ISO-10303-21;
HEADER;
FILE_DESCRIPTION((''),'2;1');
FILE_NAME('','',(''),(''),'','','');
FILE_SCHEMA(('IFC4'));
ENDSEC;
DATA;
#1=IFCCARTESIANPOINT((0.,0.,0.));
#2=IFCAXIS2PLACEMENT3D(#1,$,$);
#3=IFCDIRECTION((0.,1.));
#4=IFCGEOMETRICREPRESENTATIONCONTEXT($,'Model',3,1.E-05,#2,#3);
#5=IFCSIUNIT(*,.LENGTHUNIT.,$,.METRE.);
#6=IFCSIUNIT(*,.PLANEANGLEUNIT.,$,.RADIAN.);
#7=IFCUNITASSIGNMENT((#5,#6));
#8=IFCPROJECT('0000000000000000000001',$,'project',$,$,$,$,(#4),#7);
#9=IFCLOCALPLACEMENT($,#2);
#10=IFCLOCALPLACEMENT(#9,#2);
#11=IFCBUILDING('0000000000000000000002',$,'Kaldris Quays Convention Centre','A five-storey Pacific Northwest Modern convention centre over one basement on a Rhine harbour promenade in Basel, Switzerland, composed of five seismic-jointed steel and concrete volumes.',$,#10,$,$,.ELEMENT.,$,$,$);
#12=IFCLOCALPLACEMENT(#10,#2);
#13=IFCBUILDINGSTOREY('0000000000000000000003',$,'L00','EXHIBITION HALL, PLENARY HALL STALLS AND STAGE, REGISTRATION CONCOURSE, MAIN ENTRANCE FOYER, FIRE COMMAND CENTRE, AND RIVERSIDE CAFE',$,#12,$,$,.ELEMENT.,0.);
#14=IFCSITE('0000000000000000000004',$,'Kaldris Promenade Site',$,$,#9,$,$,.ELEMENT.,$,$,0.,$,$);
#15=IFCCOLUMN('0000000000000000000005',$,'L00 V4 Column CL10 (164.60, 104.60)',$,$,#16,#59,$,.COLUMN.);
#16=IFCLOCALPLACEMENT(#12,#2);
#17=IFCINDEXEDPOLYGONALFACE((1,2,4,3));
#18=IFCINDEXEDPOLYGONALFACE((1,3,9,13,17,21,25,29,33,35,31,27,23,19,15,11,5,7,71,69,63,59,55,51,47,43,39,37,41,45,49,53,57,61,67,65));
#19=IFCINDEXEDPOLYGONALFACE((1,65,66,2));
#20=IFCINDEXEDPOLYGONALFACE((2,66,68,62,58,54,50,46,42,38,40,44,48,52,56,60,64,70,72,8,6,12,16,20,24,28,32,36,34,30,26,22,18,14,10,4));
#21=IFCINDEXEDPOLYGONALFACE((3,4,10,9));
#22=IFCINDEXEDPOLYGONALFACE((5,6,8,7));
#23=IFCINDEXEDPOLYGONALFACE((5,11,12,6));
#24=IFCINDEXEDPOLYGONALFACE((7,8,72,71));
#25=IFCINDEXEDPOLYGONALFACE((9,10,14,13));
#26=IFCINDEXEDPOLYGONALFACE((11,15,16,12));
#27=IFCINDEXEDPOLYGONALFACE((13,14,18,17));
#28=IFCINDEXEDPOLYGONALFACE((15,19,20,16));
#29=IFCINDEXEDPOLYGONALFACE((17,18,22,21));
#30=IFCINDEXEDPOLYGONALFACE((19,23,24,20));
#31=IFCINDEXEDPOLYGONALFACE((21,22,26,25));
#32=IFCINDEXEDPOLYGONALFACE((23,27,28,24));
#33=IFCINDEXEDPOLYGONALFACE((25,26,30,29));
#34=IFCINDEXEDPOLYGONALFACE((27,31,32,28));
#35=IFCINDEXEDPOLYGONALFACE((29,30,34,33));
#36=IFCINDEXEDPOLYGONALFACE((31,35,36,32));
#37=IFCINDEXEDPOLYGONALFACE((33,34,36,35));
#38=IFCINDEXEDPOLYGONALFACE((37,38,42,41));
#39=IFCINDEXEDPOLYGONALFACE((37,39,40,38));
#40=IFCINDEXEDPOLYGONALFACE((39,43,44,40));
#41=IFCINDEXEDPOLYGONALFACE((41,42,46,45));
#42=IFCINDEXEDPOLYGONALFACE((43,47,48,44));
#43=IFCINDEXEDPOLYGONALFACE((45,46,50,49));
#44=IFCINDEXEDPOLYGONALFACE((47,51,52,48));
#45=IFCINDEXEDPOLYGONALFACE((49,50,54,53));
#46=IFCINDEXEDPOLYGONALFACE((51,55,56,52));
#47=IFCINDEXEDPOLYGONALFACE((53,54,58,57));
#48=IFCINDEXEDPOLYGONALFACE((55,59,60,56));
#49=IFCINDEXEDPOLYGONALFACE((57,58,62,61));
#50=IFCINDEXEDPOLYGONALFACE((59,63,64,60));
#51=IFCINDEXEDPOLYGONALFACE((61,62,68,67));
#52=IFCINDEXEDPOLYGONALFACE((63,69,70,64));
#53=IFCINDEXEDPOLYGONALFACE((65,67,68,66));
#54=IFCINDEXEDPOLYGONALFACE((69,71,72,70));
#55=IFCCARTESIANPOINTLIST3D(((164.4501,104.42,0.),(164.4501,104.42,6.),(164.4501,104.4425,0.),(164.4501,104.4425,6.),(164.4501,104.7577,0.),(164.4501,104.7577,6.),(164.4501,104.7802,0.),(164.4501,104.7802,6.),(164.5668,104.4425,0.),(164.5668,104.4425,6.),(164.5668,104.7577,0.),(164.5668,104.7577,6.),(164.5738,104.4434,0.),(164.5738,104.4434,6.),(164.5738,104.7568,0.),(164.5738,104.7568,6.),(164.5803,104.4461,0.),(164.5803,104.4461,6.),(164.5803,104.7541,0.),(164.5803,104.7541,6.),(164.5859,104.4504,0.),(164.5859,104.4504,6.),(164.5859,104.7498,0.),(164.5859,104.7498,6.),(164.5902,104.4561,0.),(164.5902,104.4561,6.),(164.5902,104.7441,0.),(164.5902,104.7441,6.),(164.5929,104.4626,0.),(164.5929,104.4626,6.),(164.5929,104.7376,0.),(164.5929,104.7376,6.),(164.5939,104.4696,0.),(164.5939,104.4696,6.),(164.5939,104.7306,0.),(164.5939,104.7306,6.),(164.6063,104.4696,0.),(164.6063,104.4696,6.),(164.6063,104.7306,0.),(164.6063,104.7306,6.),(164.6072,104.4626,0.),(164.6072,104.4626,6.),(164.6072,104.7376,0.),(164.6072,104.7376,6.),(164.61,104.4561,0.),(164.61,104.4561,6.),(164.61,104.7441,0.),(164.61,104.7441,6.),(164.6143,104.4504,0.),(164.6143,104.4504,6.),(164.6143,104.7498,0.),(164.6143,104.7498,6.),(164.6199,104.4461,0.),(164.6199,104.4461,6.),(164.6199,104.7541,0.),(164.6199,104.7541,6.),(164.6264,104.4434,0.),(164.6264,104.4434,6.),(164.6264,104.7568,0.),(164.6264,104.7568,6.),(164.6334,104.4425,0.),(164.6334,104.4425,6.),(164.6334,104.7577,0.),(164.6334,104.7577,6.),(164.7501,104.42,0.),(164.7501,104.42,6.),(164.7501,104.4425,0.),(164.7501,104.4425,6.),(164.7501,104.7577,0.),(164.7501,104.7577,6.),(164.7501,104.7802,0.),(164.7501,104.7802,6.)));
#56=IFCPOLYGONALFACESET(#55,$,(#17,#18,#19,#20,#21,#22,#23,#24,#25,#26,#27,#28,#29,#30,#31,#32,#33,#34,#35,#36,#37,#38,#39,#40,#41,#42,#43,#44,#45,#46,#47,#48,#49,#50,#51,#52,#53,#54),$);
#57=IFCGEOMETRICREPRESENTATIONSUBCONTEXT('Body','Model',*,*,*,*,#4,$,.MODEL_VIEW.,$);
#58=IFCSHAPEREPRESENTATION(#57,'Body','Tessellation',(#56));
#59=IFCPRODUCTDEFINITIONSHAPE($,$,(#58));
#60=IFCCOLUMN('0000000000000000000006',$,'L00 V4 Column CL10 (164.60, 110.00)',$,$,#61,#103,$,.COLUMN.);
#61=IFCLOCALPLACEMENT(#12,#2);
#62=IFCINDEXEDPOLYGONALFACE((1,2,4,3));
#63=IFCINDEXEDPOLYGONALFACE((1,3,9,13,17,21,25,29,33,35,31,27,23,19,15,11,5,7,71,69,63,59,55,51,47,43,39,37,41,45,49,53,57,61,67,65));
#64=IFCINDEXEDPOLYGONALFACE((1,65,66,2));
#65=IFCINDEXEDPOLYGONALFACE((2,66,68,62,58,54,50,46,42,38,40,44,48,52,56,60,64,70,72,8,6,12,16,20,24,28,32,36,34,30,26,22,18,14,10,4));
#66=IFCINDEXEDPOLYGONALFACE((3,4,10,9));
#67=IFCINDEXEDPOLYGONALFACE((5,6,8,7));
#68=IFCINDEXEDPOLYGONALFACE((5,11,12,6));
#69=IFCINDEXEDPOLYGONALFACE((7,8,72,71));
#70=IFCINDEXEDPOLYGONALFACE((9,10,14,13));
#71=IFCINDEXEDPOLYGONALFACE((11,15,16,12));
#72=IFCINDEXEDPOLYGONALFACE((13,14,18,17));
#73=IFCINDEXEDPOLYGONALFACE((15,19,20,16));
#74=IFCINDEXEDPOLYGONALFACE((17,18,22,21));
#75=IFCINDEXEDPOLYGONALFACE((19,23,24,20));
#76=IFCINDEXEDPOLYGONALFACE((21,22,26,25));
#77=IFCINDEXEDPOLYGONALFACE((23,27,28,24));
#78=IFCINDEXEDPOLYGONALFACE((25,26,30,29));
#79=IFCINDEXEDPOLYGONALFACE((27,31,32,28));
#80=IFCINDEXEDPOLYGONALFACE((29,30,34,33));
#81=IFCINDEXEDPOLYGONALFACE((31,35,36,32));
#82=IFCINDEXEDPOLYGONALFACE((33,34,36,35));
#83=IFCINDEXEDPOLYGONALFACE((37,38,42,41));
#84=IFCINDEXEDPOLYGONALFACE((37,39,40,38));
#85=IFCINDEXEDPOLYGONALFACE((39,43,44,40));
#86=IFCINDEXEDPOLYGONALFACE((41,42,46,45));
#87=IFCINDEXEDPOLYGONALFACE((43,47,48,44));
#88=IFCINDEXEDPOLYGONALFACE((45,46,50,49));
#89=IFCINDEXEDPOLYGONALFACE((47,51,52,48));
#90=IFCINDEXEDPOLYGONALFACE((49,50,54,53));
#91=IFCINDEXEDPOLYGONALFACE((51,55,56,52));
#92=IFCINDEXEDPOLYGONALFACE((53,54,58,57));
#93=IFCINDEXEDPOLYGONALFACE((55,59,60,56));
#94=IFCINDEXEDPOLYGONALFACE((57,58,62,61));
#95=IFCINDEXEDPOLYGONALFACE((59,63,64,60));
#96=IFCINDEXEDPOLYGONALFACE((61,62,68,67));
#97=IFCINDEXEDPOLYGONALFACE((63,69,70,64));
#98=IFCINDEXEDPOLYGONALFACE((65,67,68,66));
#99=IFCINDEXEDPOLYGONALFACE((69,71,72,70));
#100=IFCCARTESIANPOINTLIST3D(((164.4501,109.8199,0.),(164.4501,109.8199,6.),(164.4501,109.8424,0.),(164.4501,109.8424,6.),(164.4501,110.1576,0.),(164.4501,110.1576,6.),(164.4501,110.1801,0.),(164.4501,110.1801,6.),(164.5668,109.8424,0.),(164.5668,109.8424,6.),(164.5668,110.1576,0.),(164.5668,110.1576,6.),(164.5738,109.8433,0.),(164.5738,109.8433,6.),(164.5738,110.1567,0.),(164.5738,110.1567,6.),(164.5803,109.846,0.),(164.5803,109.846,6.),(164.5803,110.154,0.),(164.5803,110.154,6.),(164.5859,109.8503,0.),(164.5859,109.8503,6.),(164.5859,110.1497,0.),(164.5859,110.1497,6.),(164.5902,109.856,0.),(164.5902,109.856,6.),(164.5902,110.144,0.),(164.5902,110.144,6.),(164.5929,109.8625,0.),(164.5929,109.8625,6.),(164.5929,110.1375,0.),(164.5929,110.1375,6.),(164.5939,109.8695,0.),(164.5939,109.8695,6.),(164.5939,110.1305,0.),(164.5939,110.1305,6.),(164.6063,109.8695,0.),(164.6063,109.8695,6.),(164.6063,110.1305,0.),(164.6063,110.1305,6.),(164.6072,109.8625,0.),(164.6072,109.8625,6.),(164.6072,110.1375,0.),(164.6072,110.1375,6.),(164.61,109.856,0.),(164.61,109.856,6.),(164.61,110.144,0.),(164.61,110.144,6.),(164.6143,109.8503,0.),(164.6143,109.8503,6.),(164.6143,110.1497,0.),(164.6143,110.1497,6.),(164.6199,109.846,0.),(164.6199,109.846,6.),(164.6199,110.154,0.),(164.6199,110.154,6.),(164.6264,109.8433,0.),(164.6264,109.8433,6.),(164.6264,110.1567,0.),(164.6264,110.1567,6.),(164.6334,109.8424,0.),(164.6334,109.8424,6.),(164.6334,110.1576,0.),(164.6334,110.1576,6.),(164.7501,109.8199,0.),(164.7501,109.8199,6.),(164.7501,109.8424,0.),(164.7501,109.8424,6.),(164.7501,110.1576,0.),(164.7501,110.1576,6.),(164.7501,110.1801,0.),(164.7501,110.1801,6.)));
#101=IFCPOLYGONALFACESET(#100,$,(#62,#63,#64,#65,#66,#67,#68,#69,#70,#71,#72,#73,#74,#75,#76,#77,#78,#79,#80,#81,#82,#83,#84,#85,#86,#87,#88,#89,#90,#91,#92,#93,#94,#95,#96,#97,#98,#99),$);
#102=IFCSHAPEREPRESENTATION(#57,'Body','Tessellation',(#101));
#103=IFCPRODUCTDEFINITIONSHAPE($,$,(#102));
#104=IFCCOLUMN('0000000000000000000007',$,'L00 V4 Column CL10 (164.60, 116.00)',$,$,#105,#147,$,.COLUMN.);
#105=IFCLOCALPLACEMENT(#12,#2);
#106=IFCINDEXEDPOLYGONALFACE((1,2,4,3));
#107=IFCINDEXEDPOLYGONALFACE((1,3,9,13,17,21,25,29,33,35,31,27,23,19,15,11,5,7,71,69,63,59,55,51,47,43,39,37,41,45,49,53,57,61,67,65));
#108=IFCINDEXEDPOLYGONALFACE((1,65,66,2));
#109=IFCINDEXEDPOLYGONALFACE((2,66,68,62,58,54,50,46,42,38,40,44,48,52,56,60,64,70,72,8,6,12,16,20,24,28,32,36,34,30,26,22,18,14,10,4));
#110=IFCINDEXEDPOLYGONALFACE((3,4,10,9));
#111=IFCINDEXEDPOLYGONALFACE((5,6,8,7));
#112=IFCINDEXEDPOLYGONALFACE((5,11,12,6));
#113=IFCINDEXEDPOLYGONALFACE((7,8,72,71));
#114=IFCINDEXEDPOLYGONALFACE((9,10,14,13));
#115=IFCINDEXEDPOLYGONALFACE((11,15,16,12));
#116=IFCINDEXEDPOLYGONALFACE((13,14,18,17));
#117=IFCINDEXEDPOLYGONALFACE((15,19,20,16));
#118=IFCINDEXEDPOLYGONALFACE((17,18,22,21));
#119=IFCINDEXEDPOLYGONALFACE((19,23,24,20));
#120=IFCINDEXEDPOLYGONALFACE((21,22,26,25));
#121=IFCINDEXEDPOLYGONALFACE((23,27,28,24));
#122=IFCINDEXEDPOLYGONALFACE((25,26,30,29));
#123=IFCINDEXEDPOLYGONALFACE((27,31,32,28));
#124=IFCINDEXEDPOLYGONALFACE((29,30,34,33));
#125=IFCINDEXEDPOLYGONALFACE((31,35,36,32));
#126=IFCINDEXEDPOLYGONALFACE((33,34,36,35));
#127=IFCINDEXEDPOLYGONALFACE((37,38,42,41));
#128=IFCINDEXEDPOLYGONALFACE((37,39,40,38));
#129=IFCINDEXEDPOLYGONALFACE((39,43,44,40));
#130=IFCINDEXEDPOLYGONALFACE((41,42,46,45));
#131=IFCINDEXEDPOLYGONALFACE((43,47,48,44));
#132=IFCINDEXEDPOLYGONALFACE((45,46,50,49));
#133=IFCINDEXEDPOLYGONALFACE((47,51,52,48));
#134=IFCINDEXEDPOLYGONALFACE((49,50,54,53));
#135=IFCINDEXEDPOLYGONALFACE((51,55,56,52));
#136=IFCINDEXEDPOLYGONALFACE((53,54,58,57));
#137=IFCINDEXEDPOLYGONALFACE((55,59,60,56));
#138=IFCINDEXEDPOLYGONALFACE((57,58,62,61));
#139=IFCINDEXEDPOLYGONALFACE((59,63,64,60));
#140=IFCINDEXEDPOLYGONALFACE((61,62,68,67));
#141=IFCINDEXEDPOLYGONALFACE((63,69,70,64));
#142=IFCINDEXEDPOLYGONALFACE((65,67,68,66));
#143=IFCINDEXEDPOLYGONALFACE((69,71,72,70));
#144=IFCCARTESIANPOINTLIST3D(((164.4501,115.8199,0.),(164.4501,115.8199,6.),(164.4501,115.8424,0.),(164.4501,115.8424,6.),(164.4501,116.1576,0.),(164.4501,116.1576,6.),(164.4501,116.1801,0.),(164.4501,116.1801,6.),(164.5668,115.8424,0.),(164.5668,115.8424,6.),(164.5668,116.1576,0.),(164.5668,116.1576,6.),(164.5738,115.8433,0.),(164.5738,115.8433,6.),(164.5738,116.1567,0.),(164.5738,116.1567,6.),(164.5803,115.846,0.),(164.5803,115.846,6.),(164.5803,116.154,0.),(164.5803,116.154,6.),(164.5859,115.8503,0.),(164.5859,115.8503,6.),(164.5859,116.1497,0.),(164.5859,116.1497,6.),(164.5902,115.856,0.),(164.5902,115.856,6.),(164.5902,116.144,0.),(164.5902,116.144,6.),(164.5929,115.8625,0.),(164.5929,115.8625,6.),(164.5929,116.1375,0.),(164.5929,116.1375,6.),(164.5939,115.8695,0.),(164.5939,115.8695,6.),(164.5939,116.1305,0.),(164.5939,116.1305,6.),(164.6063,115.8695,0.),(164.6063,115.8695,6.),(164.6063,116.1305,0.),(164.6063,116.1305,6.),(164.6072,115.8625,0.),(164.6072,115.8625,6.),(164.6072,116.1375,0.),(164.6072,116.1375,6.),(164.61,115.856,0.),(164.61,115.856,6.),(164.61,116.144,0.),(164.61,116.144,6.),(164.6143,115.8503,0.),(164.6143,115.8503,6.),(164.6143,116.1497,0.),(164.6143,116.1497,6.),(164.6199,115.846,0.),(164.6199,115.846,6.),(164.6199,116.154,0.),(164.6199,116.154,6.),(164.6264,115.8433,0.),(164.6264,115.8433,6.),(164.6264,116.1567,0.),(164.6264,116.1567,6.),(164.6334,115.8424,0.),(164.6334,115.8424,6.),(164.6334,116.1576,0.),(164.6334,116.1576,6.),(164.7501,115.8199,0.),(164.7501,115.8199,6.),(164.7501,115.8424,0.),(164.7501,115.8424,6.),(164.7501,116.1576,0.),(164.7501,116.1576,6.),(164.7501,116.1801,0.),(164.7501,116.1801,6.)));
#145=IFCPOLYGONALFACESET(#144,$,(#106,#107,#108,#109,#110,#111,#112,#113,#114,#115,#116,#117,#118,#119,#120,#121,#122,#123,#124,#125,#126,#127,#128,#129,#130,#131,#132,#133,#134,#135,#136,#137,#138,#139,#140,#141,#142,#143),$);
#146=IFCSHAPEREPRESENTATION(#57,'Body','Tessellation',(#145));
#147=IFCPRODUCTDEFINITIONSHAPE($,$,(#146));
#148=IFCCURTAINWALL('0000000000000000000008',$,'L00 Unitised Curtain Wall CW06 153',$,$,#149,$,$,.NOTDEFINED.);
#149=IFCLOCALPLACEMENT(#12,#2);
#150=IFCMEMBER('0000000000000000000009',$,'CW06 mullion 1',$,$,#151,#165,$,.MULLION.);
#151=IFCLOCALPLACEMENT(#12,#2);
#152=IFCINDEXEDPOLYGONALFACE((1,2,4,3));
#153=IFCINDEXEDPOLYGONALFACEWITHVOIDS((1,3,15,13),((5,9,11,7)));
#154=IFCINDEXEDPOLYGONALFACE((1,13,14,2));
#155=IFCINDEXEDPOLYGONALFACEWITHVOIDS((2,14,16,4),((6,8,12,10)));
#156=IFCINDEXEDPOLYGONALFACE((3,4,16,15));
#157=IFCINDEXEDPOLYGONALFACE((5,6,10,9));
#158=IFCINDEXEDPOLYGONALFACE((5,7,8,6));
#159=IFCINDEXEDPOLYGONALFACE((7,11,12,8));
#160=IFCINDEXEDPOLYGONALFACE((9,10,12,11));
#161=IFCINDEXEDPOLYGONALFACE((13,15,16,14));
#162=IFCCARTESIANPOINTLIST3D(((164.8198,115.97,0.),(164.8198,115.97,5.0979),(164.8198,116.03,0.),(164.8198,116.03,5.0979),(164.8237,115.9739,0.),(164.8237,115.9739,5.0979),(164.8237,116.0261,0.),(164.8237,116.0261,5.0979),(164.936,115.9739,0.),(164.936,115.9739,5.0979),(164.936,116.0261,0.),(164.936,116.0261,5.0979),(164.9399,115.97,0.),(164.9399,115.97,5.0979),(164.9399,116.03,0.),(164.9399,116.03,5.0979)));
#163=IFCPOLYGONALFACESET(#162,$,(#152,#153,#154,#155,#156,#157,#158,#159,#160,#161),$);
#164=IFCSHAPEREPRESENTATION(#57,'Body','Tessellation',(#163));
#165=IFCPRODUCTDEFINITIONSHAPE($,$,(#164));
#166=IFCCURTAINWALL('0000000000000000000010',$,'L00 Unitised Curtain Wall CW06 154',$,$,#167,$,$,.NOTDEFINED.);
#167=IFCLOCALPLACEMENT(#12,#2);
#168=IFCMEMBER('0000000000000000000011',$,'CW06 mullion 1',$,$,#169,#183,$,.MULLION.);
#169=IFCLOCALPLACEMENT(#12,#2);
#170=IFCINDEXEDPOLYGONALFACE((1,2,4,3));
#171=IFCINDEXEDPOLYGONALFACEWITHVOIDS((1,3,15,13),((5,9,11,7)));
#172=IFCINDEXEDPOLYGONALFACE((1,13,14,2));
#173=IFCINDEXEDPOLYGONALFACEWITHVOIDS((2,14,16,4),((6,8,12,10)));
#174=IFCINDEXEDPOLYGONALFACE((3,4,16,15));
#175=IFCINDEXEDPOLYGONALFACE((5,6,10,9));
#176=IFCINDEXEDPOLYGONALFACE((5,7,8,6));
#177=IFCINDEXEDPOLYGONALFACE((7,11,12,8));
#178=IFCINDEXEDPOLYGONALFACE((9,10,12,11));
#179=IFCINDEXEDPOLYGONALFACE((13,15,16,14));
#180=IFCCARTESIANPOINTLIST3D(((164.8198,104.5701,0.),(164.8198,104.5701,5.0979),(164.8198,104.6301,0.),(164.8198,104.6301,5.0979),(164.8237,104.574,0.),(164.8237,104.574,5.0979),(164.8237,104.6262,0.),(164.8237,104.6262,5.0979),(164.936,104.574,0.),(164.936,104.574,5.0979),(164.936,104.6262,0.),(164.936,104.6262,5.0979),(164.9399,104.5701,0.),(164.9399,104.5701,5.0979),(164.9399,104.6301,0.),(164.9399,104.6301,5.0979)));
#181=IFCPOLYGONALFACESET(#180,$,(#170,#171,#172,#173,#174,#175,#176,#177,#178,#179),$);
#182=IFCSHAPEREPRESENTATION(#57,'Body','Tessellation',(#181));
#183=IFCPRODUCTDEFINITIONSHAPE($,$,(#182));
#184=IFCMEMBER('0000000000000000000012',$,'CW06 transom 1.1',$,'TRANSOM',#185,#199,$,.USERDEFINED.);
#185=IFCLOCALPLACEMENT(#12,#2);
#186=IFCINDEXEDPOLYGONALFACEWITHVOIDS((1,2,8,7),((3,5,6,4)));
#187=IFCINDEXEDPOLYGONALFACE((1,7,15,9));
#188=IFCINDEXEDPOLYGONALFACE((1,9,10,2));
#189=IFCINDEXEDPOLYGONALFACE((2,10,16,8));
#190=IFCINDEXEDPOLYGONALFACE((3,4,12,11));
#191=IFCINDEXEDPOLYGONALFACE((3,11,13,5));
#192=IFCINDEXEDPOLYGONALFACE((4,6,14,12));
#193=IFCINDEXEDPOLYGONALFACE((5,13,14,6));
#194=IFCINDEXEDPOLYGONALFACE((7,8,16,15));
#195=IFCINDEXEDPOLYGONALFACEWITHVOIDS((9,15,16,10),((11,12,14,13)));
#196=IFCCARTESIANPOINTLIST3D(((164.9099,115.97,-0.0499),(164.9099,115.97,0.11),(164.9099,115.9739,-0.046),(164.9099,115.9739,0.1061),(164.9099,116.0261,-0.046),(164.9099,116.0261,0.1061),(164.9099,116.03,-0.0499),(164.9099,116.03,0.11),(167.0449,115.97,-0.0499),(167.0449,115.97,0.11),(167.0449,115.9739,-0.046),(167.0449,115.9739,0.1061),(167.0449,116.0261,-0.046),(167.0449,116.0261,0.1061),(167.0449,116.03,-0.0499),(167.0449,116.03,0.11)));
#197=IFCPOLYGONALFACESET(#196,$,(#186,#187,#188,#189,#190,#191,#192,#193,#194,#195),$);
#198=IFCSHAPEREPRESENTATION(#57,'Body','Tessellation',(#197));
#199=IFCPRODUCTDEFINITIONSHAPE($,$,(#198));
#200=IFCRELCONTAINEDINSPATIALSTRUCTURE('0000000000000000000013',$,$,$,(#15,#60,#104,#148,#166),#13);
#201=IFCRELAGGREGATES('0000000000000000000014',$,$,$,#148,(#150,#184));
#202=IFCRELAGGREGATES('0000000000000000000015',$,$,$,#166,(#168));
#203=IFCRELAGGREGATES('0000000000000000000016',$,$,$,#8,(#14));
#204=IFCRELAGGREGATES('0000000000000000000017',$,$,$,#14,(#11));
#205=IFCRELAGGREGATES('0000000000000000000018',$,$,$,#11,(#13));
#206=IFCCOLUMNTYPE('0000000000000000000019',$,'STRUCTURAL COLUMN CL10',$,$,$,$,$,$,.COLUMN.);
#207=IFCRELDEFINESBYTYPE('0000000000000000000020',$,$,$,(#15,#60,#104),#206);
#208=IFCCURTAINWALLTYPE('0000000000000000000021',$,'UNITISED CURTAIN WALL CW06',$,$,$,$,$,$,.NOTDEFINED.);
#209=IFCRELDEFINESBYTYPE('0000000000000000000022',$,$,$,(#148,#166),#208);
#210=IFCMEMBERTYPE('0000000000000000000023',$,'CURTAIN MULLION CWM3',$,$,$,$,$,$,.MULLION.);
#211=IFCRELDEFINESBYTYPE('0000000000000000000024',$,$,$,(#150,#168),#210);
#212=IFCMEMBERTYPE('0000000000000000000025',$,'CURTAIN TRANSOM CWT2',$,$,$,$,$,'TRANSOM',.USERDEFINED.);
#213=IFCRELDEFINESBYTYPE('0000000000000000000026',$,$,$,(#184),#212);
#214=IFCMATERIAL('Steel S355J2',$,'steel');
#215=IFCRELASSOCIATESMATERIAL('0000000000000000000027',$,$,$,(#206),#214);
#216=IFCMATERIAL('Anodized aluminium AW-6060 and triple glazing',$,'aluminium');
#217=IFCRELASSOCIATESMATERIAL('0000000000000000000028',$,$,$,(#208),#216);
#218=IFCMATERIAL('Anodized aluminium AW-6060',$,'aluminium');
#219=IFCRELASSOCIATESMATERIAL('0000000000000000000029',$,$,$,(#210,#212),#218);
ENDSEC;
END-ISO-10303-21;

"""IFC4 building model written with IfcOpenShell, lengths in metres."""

from ifc_helpers import new_model, si_unit, direction, frame, origin, origin_2d, place, context, subcontext, project, spatial, hollow_rectangle, i_section, extrude, material, material_profile, profile_set, type_object, element, aggregate, save


model = new_model("IFC4")

# Units and contexts
model_context = context("Model", 3, precision=1e-05, world=origin(), true_north=direction((0.0, 1.0)))
body_context = subcontext(model_context, "Body", "Model", "MODEL_VIEW")
ifc_project = project(units=[si_unit("LENGTHUNIT", "METRE"), si_unit("PLANEANGLEUNIT", "RADIAN")], contexts=[model_context])

# Site, building, storey
site_placement = place(None, origin())
site = spatial("IfcSite", under=ifc_project, at=site_placement, Name="Kaldris Promenade Site", CompositionType="ELEMENT", RefElevation=0.0)
building_placement = place(site_placement, origin())
building = spatial("IfcBuilding", under=site, at=building_placement, Name="Kaldris Quays Convention Centre", Description="A five-storey Pacific Northwest Modern convention centre over one basement on a Rhine harbour promenade in Basel, Switzerland, composed of five seismic-jointed steel and concrete volumes.", CompositionType="ELEMENT")
storey_placement = place(building_placement, origin())
storey = spatial("IfcBuildingStorey", under=building, at=storey_placement, Name="L00", Description="EXHIBITION HALL, PLENARY HALL STALLS AND STAGE, REGISTRATION CONCOURSE, MAIN ENTRANCE FOYER, FIRE COMMAND CENTRE, AND RIVERSIDE CAFE", CompositionType="ELEMENT", Elevation=0.0)

# Columns
ifc_material_1 = material(Name="Steel S355J2", Category="steel")
ifc_material_profile_1 = material_profile(ifc_material_1, i_section(OverallWidth=0.3, OverallDepth=0.3601, WebThickness=0.0125, FlangeThickness=0.0225, FilletRadius=0.0271, at=origin_2d()), Name="HEB 360")
ifc_profile_set_1 = profile_set([ifc_material_profile_1], Name="Steel S355J2")
column_type_1 = type_object("IfcColumnType", Name="STRUCTURAL COLUMN CL10", PredefinedType="COLUMN", material=ifc_profile_set_1)
for number, where, z_axis, x_axis, name in (
    (1, (164.6001, 104.6001, 0.0), (0.0, 0.0, 1.0), (1.0, 0.0, 0.0), "L00 V4 Column CL10 (164.60, 104.60)"),
    (2, (164.6001, 110.0, 0.0), (0.0, 0.0, 1.0), (1.0, 0.0, 0.0), "L00 V4 Column CL10 (164.60, 110.00)"),
    (3, (164.6001, 116.0, 0.0), (0.0, 0.0, 1.0), (1.0, 0.0, 0.0), "L00 V4 Column CL10 (164.60, 116.00)"),
):
    element("IfcColumn", number, at=place(storey_placement, frame(where, z_axis=z_axis, x_axis=x_axis)), inside=storey, type_object=column_type_1, Name=name, PredefinedType="COLUMN", context=body_context, shape_type="SweptSolid", body=[
        extrude(i_section(OverallWidth=0.3, OverallDepth=0.3601, WebThickness=0.0125, FlangeThickness=0.0225, FilletRadius=0.0271, at=origin_2d()), origin(), (0.0, 0.0, 1.0), 6.0),
    ])

# Curtain walls, members
ifc_material_2 = material(Name="Anodized aluminium AW-6060 and triple glazing", Category="aluminium")
curtain_wall_type = type_object("IfcCurtainWallType", Name="UNITISED CURTAIN WALL CW06", PredefinedType="NOTDEFINED", material=ifc_material_2)
curtain_wall_1_placement = place(storey_placement, origin())
curtain_wall_1 = element("IfcCurtainWall", 4, at=curtain_wall_1_placement, inside=storey, type_object=curtain_wall_type, Name="L00 Unitised Curtain Wall CW06 153", PredefinedType="NOTDEFINED")
ifc_material_3 = material(Name="Anodized aluminium AW-6060", Category="aluminium")
ifc_material_profile_2 = material_profile(ifc_material_3, hollow_rectangle(XDim=0.0601, YDim=0.1201, WallThickness=0.0039, at=origin_2d()), Name="RHS 120x60x4")
ifc_profile_set_2 = profile_set([ifc_material_profile_2], Name="Anodized aluminium AW-6060")
member_type_1 = type_object("IfcMemberType", Name="CURTAIN MULLION CWM3", PredefinedType="MULLION", material=ifc_profile_set_2)
member_1_placement = place(storey_placement, frame((164.8799, 116.0, 0.0), z_axis=(0.0, 0.0, 1.0), x_axis=(0.0, 1.0, 0.0)))
member_1 = element("IfcMember", 5, at=member_1_placement, type_object=member_type_1, Name="CW06 mullion 1", PredefinedType="MULLION", context=body_context, shape_type="SweptSolid", body=[
    extrude(hollow_rectangle(XDim=0.0601, YDim=0.1201, WallThickness=0.0039, at=origin_2d()), origin(), (0.0, 0.0, 1.0), 5.0979),
])
curtain_wall_2_placement = place(storey_placement, origin())
curtain_wall_2 = element("IfcCurtainWall", 6, at=curtain_wall_2_placement, inside=storey, type_object=curtain_wall_type, Name="L00 Unitised Curtain Wall CW06 154", PredefinedType="NOTDEFINED")
member_2_placement = place(storey_placement, frame((164.8799, 104.6001, 0.0), z_axis=(0.0, 0.0, 1.0), x_axis=(0.0, 1.0, 0.0)))
member_2 = element("IfcMember", 7, at=member_2_placement, type_object=member_type_1, Name="CW06 mullion 1", PredefinedType="MULLION", context=body_context, shape_type="SweptSolid", body=[
    extrude(hollow_rectangle(XDim=0.0601, YDim=0.1201, WallThickness=0.0039, at=origin_2d()), origin(), (0.0, 0.0, 1.0), 5.0979),
])

# Member
ifc_material_profile_3 = material_profile(ifc_material_3, hollow_rectangle(XDim=0.0601, YDim=0.1599, WallThickness=0.0039, at=origin_2d()), Name="RHS 160x60x4")
ifc_profile_set_3 = profile_set([ifc_material_profile_3], Name="Anodized aluminium AW-6060")
member_type_2 = type_object("IfcMemberType", Name="CURTAIN TRANSOM CWT2", ElementType="TRANSOM", PredefinedType="USERDEFINED", material=ifc_profile_set_3)
member_3_placement = place(storey_placement, frame((164.9099, 116.0, 0.03), z_axis=(1.0, 0.0, 0.0), x_axis=(0.0, 1.0, 0.0)))
member_3 = element("IfcMember", 8, at=member_3_placement, type_object=member_type_2, Name="CW06 transom 1.1", ObjectType="TRANSOM", PredefinedType="USERDEFINED", context=body_context, shape_type="SweptSolid", body=[
    extrude(hollow_rectangle(XDim=0.0601, YDim=0.1599, WallThickness=0.0039, at=origin_2d()), origin(), (0.0, 0.0, 1.0), 2.135),
])
aggregate(curtain_wall_1, [member_1, member_3])
aggregate(curtain_wall_2, [member_2])

save(model, "model.ifc")
